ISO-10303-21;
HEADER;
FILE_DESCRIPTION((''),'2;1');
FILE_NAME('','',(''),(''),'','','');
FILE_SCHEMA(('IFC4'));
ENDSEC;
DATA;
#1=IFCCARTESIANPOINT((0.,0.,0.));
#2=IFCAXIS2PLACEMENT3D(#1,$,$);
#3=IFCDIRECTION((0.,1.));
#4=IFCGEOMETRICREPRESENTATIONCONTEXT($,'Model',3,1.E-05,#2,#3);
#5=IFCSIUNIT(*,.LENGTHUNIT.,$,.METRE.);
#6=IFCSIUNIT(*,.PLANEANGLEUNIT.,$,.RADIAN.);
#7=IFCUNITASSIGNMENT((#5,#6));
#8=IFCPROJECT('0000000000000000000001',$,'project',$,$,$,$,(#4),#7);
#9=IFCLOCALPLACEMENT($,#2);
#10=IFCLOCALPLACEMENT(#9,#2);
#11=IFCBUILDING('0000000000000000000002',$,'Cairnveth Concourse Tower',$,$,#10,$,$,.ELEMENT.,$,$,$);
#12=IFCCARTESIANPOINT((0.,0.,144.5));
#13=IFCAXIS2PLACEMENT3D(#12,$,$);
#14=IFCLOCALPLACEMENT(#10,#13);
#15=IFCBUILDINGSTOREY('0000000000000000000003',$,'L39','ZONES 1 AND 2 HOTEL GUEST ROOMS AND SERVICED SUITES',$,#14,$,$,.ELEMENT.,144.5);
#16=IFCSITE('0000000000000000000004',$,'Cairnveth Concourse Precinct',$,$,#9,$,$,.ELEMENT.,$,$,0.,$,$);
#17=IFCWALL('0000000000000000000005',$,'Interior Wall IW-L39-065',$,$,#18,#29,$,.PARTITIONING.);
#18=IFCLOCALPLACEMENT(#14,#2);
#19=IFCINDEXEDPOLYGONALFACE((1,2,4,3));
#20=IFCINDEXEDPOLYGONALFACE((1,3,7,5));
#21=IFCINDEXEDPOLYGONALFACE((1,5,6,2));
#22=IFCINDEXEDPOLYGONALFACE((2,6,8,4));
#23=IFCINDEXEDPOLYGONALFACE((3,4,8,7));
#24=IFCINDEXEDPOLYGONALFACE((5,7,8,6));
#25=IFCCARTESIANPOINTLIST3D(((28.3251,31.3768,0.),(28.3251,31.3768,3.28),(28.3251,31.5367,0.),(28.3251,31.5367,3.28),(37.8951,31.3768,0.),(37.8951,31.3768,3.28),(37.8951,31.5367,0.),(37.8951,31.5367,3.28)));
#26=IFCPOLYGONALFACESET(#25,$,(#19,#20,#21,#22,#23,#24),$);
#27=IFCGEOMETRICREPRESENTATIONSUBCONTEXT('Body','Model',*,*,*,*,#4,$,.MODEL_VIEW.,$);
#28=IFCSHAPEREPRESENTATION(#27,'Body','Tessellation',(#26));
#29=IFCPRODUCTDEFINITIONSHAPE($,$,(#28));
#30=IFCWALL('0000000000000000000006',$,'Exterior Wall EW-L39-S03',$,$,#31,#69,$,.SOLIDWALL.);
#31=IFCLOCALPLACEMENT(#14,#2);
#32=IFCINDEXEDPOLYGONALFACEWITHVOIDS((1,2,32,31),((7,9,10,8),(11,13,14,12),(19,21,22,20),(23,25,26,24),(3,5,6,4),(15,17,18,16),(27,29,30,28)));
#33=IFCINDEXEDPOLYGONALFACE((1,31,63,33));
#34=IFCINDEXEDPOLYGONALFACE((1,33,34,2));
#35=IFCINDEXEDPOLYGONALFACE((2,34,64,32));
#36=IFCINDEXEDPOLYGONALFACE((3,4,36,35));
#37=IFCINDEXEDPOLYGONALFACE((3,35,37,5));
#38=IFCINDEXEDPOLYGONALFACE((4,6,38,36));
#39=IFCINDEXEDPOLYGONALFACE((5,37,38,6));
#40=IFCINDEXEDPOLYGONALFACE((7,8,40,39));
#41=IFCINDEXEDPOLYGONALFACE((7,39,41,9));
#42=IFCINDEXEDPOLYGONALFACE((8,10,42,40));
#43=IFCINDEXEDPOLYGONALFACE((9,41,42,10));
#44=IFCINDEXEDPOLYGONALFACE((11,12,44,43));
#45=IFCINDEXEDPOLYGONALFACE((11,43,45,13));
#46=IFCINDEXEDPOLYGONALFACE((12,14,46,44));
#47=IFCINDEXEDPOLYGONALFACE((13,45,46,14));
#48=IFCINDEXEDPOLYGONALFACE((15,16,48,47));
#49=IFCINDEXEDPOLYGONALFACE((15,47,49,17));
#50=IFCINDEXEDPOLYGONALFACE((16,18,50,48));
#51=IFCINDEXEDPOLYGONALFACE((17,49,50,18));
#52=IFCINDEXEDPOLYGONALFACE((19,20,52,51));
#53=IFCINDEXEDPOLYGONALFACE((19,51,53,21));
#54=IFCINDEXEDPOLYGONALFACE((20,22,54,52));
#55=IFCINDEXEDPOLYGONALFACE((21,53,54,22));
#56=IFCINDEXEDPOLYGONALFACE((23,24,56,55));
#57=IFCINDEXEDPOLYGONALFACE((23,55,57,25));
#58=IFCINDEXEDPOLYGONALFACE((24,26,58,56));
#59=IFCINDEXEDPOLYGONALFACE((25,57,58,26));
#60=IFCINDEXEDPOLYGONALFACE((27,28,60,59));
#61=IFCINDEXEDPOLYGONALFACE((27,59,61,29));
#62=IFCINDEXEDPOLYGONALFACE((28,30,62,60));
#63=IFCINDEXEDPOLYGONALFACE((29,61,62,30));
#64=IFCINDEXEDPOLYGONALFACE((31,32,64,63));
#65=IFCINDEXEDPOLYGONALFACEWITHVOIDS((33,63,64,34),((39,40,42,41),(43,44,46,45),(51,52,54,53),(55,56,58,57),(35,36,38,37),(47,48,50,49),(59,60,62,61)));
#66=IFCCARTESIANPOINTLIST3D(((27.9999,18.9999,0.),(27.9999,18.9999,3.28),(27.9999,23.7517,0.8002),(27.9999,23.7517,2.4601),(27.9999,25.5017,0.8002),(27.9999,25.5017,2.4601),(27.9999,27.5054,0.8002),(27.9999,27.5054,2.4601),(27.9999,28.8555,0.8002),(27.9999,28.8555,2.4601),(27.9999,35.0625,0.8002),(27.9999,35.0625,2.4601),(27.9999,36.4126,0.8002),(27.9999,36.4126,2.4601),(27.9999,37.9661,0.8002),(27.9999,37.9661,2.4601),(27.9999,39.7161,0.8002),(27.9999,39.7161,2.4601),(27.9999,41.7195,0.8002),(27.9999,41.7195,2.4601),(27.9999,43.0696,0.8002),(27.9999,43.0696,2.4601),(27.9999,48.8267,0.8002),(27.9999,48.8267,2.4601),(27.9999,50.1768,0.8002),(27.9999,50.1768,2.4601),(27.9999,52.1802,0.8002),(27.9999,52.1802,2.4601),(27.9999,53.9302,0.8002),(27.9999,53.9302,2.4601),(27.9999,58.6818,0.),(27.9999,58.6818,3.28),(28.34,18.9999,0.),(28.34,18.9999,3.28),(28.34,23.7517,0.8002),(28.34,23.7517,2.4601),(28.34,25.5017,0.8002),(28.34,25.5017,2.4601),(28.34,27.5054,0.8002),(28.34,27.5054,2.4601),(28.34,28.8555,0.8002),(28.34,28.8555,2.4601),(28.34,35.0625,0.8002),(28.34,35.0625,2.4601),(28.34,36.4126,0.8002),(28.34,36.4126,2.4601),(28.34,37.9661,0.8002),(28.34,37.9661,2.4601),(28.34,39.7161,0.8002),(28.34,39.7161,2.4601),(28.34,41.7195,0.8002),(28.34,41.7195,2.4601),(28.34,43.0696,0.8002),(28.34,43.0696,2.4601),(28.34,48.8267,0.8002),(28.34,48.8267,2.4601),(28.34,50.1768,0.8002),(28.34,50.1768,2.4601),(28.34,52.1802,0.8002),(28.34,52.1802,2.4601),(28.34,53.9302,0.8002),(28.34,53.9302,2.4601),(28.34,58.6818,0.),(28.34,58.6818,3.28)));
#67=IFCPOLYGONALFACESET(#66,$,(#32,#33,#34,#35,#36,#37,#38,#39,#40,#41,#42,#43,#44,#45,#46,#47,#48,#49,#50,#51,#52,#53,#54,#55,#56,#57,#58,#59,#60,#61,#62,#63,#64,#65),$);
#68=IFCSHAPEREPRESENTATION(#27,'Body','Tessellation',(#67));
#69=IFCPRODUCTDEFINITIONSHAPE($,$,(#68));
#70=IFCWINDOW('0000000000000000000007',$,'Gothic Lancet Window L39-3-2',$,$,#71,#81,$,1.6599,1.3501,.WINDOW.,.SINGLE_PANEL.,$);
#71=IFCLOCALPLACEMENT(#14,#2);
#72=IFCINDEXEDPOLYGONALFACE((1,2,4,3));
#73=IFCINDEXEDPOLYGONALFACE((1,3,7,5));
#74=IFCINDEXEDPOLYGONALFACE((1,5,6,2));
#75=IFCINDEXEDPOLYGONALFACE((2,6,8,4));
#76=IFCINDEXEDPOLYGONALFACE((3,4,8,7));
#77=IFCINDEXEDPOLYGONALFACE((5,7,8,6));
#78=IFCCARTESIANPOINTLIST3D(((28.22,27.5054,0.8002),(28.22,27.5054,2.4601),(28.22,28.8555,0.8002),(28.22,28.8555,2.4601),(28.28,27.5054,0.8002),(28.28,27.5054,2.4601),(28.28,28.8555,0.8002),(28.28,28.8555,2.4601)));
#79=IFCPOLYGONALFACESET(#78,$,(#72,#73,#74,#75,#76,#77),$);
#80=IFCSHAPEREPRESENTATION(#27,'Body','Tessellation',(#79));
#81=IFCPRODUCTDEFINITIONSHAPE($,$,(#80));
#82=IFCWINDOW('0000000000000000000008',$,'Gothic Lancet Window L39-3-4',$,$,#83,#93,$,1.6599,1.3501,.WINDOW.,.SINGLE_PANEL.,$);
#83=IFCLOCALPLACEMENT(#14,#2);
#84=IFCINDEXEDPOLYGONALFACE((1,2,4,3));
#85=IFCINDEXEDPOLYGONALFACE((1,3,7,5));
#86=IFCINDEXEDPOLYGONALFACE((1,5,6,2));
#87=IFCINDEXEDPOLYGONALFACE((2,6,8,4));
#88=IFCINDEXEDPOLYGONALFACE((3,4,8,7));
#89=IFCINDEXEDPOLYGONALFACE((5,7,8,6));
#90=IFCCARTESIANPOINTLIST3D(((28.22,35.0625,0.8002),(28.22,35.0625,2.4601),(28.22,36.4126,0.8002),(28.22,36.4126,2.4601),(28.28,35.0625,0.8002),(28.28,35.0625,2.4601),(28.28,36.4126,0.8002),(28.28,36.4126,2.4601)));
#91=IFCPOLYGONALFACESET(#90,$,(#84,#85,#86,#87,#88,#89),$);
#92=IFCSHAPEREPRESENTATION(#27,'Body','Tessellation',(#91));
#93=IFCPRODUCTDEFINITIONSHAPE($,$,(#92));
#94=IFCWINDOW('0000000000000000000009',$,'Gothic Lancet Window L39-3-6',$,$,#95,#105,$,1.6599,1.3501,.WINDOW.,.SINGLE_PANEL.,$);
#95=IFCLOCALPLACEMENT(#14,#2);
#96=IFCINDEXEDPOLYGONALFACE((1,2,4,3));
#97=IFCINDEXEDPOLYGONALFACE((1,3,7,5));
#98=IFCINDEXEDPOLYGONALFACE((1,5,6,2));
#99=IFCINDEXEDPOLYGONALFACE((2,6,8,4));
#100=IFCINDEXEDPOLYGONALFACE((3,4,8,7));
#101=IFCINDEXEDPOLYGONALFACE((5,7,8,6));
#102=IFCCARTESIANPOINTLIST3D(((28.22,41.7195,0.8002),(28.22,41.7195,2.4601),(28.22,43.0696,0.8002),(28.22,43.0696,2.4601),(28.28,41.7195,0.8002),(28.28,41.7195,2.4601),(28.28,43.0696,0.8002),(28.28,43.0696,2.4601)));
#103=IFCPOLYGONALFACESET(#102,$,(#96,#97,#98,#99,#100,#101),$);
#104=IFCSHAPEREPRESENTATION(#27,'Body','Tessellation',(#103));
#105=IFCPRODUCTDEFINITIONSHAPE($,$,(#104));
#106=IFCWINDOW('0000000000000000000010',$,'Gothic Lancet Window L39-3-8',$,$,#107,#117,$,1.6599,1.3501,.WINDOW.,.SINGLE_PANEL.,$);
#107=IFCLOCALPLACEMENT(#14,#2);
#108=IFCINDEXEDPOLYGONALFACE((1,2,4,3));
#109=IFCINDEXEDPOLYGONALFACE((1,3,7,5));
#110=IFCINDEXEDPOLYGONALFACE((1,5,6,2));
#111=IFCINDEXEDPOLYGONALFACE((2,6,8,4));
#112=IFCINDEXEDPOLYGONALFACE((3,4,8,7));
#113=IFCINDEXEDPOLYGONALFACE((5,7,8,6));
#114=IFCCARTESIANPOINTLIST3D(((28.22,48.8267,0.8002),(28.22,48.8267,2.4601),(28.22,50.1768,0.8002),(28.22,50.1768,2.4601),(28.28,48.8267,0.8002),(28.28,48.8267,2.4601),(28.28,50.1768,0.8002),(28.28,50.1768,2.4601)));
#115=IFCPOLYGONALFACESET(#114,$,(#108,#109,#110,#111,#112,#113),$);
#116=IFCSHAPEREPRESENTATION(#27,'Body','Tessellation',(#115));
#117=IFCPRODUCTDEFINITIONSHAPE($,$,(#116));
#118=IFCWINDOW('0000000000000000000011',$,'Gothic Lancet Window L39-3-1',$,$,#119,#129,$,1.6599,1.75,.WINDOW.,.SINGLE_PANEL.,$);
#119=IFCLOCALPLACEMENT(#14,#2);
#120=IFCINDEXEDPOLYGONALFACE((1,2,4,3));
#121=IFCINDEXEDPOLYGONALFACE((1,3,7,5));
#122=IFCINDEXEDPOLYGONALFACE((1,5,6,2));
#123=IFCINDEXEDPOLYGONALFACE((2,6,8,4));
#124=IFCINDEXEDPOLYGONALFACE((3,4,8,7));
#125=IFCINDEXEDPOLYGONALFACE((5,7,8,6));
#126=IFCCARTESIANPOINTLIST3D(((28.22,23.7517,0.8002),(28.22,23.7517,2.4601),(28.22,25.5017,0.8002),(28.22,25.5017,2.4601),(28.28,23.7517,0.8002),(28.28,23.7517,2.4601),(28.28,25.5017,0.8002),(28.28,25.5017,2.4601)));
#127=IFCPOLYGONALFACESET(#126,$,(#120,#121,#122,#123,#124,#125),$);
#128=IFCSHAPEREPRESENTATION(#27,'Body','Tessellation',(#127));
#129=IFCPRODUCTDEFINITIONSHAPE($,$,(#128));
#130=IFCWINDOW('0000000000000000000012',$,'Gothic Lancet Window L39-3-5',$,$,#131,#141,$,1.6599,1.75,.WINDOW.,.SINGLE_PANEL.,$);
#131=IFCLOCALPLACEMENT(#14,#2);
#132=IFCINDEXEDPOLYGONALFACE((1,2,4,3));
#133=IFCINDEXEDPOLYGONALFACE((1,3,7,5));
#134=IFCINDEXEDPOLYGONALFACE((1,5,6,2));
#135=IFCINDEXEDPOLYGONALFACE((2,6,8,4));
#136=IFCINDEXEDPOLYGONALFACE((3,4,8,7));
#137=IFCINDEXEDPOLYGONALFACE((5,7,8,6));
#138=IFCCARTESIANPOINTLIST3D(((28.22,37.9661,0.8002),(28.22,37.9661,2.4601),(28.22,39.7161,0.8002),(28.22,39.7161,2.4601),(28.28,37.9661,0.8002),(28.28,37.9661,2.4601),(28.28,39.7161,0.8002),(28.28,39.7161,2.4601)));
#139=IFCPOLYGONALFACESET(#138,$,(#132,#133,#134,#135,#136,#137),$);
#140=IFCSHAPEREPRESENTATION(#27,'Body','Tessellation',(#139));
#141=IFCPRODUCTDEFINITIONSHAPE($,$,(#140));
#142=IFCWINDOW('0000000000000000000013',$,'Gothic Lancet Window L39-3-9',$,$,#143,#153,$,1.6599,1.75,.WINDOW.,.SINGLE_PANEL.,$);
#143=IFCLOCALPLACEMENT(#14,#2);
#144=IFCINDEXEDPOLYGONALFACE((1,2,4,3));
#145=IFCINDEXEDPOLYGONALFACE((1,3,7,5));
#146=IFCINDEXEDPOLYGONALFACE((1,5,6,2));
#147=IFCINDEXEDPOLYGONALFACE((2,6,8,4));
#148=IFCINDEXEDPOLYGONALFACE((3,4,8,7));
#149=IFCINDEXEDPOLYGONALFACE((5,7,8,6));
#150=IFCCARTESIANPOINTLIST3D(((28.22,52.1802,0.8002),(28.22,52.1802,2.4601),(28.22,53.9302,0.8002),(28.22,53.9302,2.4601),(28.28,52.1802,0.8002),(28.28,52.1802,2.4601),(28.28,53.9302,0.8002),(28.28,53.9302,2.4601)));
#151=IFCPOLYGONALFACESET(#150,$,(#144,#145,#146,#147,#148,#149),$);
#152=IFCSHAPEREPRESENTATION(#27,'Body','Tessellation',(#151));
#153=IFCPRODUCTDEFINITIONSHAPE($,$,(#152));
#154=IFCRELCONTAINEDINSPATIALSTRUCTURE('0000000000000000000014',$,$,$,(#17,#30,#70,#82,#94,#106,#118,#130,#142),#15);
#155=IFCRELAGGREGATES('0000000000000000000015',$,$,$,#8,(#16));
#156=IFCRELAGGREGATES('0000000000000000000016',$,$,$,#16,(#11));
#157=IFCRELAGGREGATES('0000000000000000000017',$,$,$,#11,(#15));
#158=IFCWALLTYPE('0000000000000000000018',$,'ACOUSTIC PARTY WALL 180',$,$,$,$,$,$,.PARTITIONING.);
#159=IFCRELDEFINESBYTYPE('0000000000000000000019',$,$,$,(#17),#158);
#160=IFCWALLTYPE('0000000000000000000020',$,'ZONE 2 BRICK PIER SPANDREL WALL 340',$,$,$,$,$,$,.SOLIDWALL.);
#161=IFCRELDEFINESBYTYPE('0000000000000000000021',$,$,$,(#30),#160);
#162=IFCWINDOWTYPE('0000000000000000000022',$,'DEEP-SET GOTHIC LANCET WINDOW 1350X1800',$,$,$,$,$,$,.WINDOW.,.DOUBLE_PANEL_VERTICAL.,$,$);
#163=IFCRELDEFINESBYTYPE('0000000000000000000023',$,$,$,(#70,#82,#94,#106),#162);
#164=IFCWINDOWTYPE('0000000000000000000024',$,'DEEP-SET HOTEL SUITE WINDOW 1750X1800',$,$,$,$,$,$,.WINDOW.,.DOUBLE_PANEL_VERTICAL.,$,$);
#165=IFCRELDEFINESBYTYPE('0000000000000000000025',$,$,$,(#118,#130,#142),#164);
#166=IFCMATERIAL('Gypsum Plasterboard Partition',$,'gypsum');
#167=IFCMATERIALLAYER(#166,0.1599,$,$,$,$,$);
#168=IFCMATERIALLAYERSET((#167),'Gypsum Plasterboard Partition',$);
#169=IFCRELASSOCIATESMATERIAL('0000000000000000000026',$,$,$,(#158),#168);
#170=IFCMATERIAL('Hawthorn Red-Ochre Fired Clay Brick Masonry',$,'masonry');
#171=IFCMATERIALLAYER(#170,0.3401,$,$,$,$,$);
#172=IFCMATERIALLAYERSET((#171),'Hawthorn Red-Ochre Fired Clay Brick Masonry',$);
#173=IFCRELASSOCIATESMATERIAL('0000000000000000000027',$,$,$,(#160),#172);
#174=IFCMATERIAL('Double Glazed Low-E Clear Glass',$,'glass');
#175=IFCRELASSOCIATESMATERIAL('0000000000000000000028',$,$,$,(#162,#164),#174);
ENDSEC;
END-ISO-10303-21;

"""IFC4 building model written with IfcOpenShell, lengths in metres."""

from ifc_helpers import new_model, si_unit, direction, frame, frame_2d, origin, place, context, subcontext, project, spatial, rectangle, extrude, material, layer, layer_set, type_object, element, fill, save


model = new_model("IFC4")

# Units and contexts
model_context = context("Model", 3, precision=1e-05, world=origin(), true_north=direction((0.0, 1.0)))
body_context = subcontext(model_context, "Body", "Model", "MODEL_VIEW")
ifc_project = project(units=[si_unit("LENGTHUNIT", "METRE"), si_unit("PLANEANGLEUNIT", "RADIAN")], contexts=[model_context])

# Site, building, storey
site_placement = place(None, origin())
site = spatial("IfcSite", under=ifc_project, at=site_placement, Name="Cairnveth Concourse Precinct", CompositionType="ELEMENT", RefElevation=0.0)
building_placement = place(site_placement, origin())
building = spatial("IfcBuilding", under=site, at=building_placement, Name="Cairnveth Concourse Tower", CompositionType="ELEMENT")
storey_placement = place(building_placement, frame((0.0, 0.0, 144.5)))
storey = spatial("IfcBuildingStorey", under=building, at=storey_placement, Name="L39", Description="ZONES 1 AND 2 HOTEL GUEST ROOMS AND SERVICED SUITES", CompositionType="ELEMENT", Elevation=144.5)

# Wall
ifc_material_1 = material(Name="Gypsum Plasterboard Partition", Category="gypsum")
ifc_layer_1 = layer(ifc_material_1, 0.1599)
ifc_layer_set_1 = layer_set([ifc_layer_1], Name="Gypsum Plasterboard Partition")
wall_type_1 = type_object("IfcWallType", Name="ACOUSTIC PARTY WALL 180", PredefinedType="PARTITIONING", material=ifc_layer_set_1)
wall_1_placement = place(storey_placement, frame((28.325, 31.4568, 0.0), z_axis=(0.0, 0.0, 1.0), x_axis=(1.0, 0.0, 0.0)))
element("IfcWall", 1, at=wall_1_placement, inside=storey, type_object=wall_type_1, Name="Interior Wall IW-L39-065", PredefinedType="PARTITIONING", context=body_context, shape_type="SweptSolid", body=[
    extrude(rectangle(XDim=9.5701, YDim=0.1599, at=frame_2d((4.7852, 0.0))), origin(), (0.0, 0.0, 1.0), 3.28),
])

# Wall, openings, windows
ifc_material_2 = material(Name="Hawthorn Red-Ochre Fired Clay Brick Masonry", Category="masonry")
ifc_layer_2 = layer(ifc_material_2, 0.3401)
ifc_layer_set_2 = layer_set([ifc_layer_2], Name="Hawthorn Red-Ochre Fired Clay Brick Masonry")
wall_type_2 = type_object("IfcWallType", Name="ZONE 2 BRICK PIER SPANDREL WALL 340", PredefinedType="SOLIDWALL", material=ifc_layer_set_2)
wall_2_placement = place(storey_placement, frame((28.1699, 19.0, 0.0), z_axis=(0.0, 0.0, 1.0), x_axis=(0.0, 1.0, 0.0)))
wall_2 = element("IfcWall", 2, at=wall_2_placement, inside=storey, type_object=wall_type_2, Name="Exterior Wall EW-L39-S03", PredefinedType="SOLIDWALL", context=body_context, shape_type="SweptSolid", body=[
    extrude(rectangle(XDim=39.6819, YDim=0.3401, at=frame_2d((19.8408, 0.0))), origin(), (0.0, 0.0, 1.0), 3.28),
])
opening_1_placement = place(wall_2_placement, frame((4.7517, 0.0, 0.8)))
opening_1 = element("IfcOpeningElement", 3, at=opening_1_placement, cuts=wall_2, PredefinedType="OPENING", context=body_context, shape_type="SweptSolid", body=[
    extrude(rectangle(XDim=1.75, YDim=1.6599, at=frame_2d((0.875, 0.8301))), frame((0.0, 0.1799, 0.0), z_axis=(0.0, -1.0, 0.0), x_axis=(1.0, 0.0, 0.0)), (0.0, 0.0, 1.0), 0.3601),
])
opening_2_placement = place(wall_2_placement, frame((8.5054, 0.0, 0.8)))
opening_2 = element("IfcOpeningElement", 4, at=opening_2_placement, cuts=wall_2, PredefinedType="OPENING", context=body_context, shape_type="SweptSolid", body=[
    extrude(rectangle(XDim=1.3501, YDim=1.6599, at=frame_2d((0.675, 0.8301))), frame((0.0, 0.1799, 0.0), z_axis=(0.0, -1.0, 0.0), x_axis=(1.0, 0.0, 0.0)), (0.0, 0.0, 1.0), 0.3601),
])
opening_3_placement = place(wall_2_placement, frame((16.0625, 0.0, 0.8)))
opening_3 = element("IfcOpeningElement", 5, at=opening_3_placement, cuts=wall_2, PredefinedType="OPENING", context=body_context, shape_type="SweptSolid", body=[
    extrude(rectangle(XDim=1.3501, YDim=1.6599, at=frame_2d((0.675, 0.8301))), frame((0.0, 0.1799, 0.0), z_axis=(0.0, -1.0, 0.0), x_axis=(1.0, 0.0, 0.0)), (0.0, 0.0, 1.0), 0.3601),
])
opening_4_placement = place(wall_2_placement, frame((18.9661, 0.0, 0.8)))
opening_4 = element("IfcOpeningElement", 6, at=opening_4_placement, cuts=wall_2, PredefinedType="OPENING", context=body_context, shape_type="SweptSolid", body=[
    extrude(rectangle(XDim=1.75, YDim=1.6599, at=frame_2d((0.875, 0.8301))), frame((0.0, 0.1799, 0.0), z_axis=(0.0, -1.0, 0.0), x_axis=(1.0, 0.0, 0.0)), (0.0, 0.0, 1.0), 0.3601),
])
opening_5_placement = place(wall_2_placement, frame((22.7195, 0.0, 0.8)))
opening_5 = element("IfcOpeningElement", 7, at=opening_5_placement, cuts=wall_2, PredefinedType="OPENING", context=body_context, shape_type="SweptSolid", body=[
    extrude(rectangle(XDim=1.3501, YDim=1.6599, at=frame_2d((0.675, 0.8301))), frame((0.0, 0.1799, 0.0), z_axis=(0.0, -1.0, 0.0), x_axis=(1.0, 0.0, 0.0)), (0.0, 0.0, 1.0), 0.3601),
])
opening_6_placement = place(wall_2_placement, frame((29.8267, 0.0, 0.8)))
opening_6 = element("IfcOpeningElement", 8, at=opening_6_placement, cuts=wall_2, PredefinedType="OPENING", context=body_context, shape_type="SweptSolid", body=[
    extrude(rectangle(XDim=1.3501, YDim=1.6599, at=frame_2d((0.675, 0.8301))), frame((0.0, 0.1799, 0.0), z_axis=(0.0, -1.0, 0.0), x_axis=(1.0, 0.0, 0.0)), (0.0, 0.0, 1.0), 0.3601),
])
opening_7_placement = place(wall_2_placement, frame((33.1802, 0.0, 0.8)))
opening_7 = element("IfcOpeningElement", 9, at=opening_7_placement, cuts=wall_2, PredefinedType="OPENING", context=body_context, shape_type="SweptSolid", body=[
    extrude(rectangle(XDim=1.75, YDim=1.6599, at=frame_2d((0.875, 0.8301))), frame((0.0, 0.1799, 0.0), z_axis=(0.0, -1.0, 0.0), x_axis=(1.0, 0.0, 0.0)), (0.0, 0.0, 1.0), 0.3601),
])
ifc_material_3 = material(Name="Double Glazed Low-E Clear Glass", Category="glass")
window_type_1 = type_object("IfcWindowType", Name="DEEP-SET GOTHIC LANCET WINDOW 1350X1800", PartitioningType="DOUBLE_PANEL_VERTICAL", PredefinedType="WINDOW", material=ifc_material_3)
window_1_placement = place(opening_2_placement, origin())
window_1 = element("IfcWindow", 10, at=window_1_placement, inside=storey, type_object=window_type_1, Name="Gothic Lancet Window L39-3-2", OverallHeight=1.6599, OverallWidth=1.3501, PartitioningType="SINGLE_PANEL", PredefinedType="WINDOW", context=body_context, shape_type="SweptSolid", body=[
    extrude(rectangle(XDim=1.3501, YDim=1.6599, at=frame_2d((0.675, 0.8301))), frame((0.0, -0.05, 0.0), z_axis=(0.0, -1.0, 0.0), x_axis=(1.0, 0.0, 0.0)), (0.0, 0.0, 1.0), 0.0601),
])
fill(opening_2, window_1)
window_2_placement = place(opening_3_placement, origin())
window_2 = element("IfcWindow", 11, at=window_2_placement, inside=storey, type_object=window_type_1, Name="Gothic Lancet Window L39-3-4", OverallHeight=1.6599, OverallWidth=1.3501, PartitioningType="SINGLE_PANEL", PredefinedType="WINDOW", context=body_context, shape_type="SweptSolid", body=[
    extrude(rectangle(XDim=1.3501, YDim=1.6599, at=frame_2d((0.675, 0.8301))), frame((0.0, -0.05, 0.0), z_axis=(0.0, -1.0, 0.0), x_axis=(1.0, 0.0, 0.0)), (0.0, 0.0, 1.0), 0.0601),
])
fill(opening_3, window_2)
window_3_placement = place(opening_5_placement, origin())
window_3 = element("IfcWindow", 12, at=window_3_placement, inside=storey, type_object=window_type_1, Name="Gothic Lancet Window L39-3-6", OverallHeight=1.6599, OverallWidth=1.3501, PartitioningType="SINGLE_PANEL", PredefinedType="WINDOW", context=body_context, shape_type="SweptSolid", body=[
    extrude(rectangle(XDim=1.3501, YDim=1.6599, at=frame_2d((0.675, 0.8301))), frame((0.0, -0.05, 0.0), z_axis=(0.0, -1.0, 0.0), x_axis=(1.0, 0.0, 0.0)), (0.0, 0.0, 1.0), 0.0601),
])
fill(opening_5, window_3)
window_4_placement = place(opening_6_placement, origin())
window_4 = element("IfcWindow", 13, at=window_4_placement, inside=storey, type_object=window_type_1, Name="Gothic Lancet Window L39-3-8", OverallHeight=1.6599, OverallWidth=1.3501, PartitioningType="SINGLE_PANEL", PredefinedType="WINDOW", context=body_context, shape_type="SweptSolid", body=[
    extrude(rectangle(XDim=1.3501, YDim=1.6599, at=frame_2d((0.675, 0.8301))), frame((0.0, -0.05, 0.0), z_axis=(0.0, -1.0, 0.0), x_axis=(1.0, 0.0, 0.0)), (0.0, 0.0, 1.0), 0.0601),
])
fill(opening_6, window_4)
window_type_2 = type_object("IfcWindowType", Name="DEEP-SET HOTEL SUITE WINDOW 1750X1800", PartitioningType="DOUBLE_PANEL_VERTICAL", PredefinedType="WINDOW", material=ifc_material_3)
window_5_placement = place(opening_1_placement, origin())
window_5 = element("IfcWindow", 14, at=window_5_placement, inside=storey, type_object=window_type_2, Name="Gothic Lancet Window L39-3-1", OverallHeight=1.6599, OverallWidth=1.75, PartitioningType="SINGLE_PANEL", PredefinedType="WINDOW", context=body_context, shape_type="SweptSolid", body=[
    extrude(rectangle(XDim=1.75, YDim=1.6599, at=frame_2d((0.875, 0.8301))), frame((0.0, -0.05, 0.0), z_axis=(0.0, -1.0, 0.0), x_axis=(1.0, 0.0, 0.0)), (0.0, 0.0, 1.0), 0.0601),
])
fill(opening_1, window_5)
window_6_placement = place(opening_4_placement, origin())
window_6 = element("IfcWindow", 15, at=window_6_placement, inside=storey, type_object=window_type_2, Name="Gothic Lancet Window L39-3-5", OverallHeight=1.6599, OverallWidth=1.75, PartitioningType="SINGLE_PANEL", PredefinedType="WINDOW", context=body_context, shape_type="SweptSolid", body=[
    extrude(rectangle(XDim=1.75, YDim=1.6599, at=frame_2d((0.875, 0.8301))), frame((0.0, -0.05, 0.0), z_axis=(0.0, -1.0, 0.0), x_axis=(1.0, 0.0, 0.0)), (0.0, 0.0, 1.0), 0.0601),
])
fill(opening_4, window_6)
window_7_placement = place(opening_7_placement, origin())
window_7 = element("IfcWindow", 16, at=window_7_placement, inside=storey, type_object=window_type_2, Name="Gothic Lancet Window L39-3-9", OverallHeight=1.6599, OverallWidth=1.75, PartitioningType="SINGLE_PANEL", PredefinedType="WINDOW", context=body_context, shape_type="SweptSolid", body=[
    extrude(rectangle(XDim=1.75, YDim=1.6599, at=frame_2d((0.875, 0.8301))), frame((0.0, -0.05, 0.0), z_axis=(0.0, -1.0, 0.0), x_axis=(1.0, 0.0, 0.0)), (0.0, 0.0, 1.0), 0.0601),
])
fill(opening_7, window_7)

save(model, "model.ifc")
